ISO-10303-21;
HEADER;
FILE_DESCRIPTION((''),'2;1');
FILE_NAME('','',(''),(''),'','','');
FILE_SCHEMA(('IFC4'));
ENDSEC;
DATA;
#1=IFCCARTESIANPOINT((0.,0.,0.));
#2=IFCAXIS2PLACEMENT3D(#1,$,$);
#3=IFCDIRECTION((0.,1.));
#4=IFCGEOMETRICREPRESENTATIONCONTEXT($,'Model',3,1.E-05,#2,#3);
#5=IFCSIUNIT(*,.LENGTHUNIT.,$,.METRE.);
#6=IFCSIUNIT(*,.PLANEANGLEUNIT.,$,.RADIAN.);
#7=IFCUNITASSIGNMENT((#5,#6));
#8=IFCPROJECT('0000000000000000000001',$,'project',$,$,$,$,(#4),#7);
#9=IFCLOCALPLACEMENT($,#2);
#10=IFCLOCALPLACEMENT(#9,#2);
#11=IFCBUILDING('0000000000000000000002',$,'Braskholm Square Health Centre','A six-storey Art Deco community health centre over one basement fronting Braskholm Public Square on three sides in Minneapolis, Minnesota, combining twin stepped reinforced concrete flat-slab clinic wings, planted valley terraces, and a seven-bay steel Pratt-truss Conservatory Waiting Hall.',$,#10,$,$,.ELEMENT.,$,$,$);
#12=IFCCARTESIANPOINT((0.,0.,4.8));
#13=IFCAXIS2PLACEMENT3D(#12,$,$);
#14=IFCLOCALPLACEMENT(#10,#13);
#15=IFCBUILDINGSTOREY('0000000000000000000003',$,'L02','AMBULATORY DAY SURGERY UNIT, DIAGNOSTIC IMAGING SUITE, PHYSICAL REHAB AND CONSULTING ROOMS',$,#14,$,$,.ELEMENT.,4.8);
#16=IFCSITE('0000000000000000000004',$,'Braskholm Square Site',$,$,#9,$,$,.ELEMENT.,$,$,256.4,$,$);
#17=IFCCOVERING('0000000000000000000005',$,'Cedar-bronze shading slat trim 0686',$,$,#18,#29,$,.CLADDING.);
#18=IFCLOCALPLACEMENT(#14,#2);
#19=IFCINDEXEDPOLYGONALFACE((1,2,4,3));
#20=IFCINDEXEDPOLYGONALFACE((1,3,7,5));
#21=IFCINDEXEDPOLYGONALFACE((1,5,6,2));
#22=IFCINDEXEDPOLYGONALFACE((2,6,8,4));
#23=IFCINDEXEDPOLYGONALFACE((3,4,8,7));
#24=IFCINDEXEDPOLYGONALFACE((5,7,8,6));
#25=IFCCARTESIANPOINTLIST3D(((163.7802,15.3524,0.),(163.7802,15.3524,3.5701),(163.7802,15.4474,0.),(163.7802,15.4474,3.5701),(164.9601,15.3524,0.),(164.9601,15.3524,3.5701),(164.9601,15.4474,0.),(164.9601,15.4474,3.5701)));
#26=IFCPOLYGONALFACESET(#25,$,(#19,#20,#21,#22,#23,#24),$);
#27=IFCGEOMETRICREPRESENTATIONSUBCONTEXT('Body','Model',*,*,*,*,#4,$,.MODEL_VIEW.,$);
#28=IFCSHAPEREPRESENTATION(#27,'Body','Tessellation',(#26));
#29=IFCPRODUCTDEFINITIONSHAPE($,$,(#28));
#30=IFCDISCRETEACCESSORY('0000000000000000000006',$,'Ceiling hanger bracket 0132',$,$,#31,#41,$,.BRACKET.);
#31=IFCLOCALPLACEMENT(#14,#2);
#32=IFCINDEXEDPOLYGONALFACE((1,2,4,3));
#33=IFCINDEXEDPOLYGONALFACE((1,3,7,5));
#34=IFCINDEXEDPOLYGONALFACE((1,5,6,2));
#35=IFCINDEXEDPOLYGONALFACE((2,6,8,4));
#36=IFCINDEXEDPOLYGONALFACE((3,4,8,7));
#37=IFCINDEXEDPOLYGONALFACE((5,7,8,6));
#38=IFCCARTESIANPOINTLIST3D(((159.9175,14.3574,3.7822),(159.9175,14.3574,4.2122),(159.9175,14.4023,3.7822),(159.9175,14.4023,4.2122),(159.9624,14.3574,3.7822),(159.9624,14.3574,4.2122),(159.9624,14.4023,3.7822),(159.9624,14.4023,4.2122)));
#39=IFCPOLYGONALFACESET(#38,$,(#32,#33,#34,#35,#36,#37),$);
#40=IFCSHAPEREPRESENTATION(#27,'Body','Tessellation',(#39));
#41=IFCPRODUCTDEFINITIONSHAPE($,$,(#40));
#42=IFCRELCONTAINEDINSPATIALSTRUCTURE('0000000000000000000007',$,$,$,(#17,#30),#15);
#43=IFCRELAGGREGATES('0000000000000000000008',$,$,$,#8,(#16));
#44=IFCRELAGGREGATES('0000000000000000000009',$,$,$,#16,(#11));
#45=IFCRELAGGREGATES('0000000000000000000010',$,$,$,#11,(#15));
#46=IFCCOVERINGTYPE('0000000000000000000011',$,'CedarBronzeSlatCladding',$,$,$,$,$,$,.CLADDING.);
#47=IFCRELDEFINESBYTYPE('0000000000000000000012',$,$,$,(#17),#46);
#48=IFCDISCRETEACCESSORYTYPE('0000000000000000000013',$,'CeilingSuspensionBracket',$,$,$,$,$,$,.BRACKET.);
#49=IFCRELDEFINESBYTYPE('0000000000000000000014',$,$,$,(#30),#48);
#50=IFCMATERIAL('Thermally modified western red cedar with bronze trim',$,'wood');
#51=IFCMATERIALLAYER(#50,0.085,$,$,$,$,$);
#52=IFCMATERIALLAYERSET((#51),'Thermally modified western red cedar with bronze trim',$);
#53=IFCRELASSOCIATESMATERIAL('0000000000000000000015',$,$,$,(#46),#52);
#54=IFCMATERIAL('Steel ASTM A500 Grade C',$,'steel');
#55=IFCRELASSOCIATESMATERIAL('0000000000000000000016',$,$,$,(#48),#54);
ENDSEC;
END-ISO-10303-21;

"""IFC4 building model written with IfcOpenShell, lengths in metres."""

from ifc_helpers import new_model, si_unit, direction, frame, origin, origin_2d, place, context, subcontext, project, spatial, rectangle, extrude, material, layer, layer_set, type_object, element, save


model = new_model("IFC4")

# Units and contexts
model_context = context("Model", 3, precision=1e-05, world=origin(), true_north=direction((0.0, 1.0)))
body_context = subcontext(model_context, "Body", "Model", "MODEL_VIEW")
ifc_project = project(units=[si_unit("LENGTHUNIT", "METRE"), si_unit("PLANEANGLEUNIT", "RADIAN")], contexts=[model_context])

# Site, building, storey
site_placement = place(None, origin())
site = spatial("IfcSite", under=ifc_project, at=site_placement, Name="Braskholm Square Site", CompositionType="ELEMENT", RefElevation=256.4)
building_placement = place(site_placement, origin())
building = spatial("IfcBuilding", under=site, at=building_placement, Name="Braskholm Square Health Centre", Description="A six-storey Art Deco community health centre over one basement fronting Braskholm Public Square on three sides in Minneapolis, Minnesota, combining twin stepped reinforced concrete flat-slab clinic wings, planted valley terraces, and a seven-bay steel Pratt-truss Conservatory Waiting Hall.", CompositionType="ELEMENT")
storey_placement = place(building_placement, frame((0.0, 0.0, 4.8)))
storey = spatial("IfcBuildingStorey", under=building, at=storey_placement, Name="L02", Description="AMBULATORY DAY SURGERY UNIT, DIAGNOSTIC IMAGING SUITE, PHYSICAL REHAB AND CONSULTING ROOMS", CompositionType="ELEMENT", Elevation=4.8)

# Shared definitions
ifc_material_1 = material(Name="Thermally modified western red cedar with bronze trim", Category="wood")

# Covering
ifc_layer = layer(ifc_material_1, 0.085)
ifc_layer_set = layer_set([ifc_layer], Name="Thermally modified western red cedar with bronze trim")
covering_type = type_object("IfcCoveringType", Name="CedarBronzeSlatCladding", PredefinedType="CLADDING", material=ifc_layer_set)
for number, where, z_axis, x_axis, name in (
    (1, (164.3701, 15.3999, 0.0), (0.0, 0.0, 1.0), (1.0, 0.0, 0.0), "Cedar-bronze shading slat trim 0686"),
):
    element("IfcCovering", number, at=place(storey_placement, frame(where, z_axis=z_axis, x_axis=x_axis)), inside=storey, type_object=covering_type, Name=name, PredefinedType="CLADDING", context=body_context, shape_type="SweptSolid", body=[
        extrude(rectangle(XDim=1.1799, YDim=0.095, at=origin_2d()), origin(), (0.0, 0.0, 1.0), 3.5701),
    ])

# Discrete accessory
ifc_material_2 = material(Name="Steel ASTM A500 Grade C", Category="steel")
discrete_accessory_type = type_object("IfcDiscreteAccessoryType", Name="CeilingSuspensionBracket", PredefinedType="BRACKET", material=ifc_material_2)
discrete_accessory_placement = place(storey_placement, frame((159.9399, 14.3799, 3.7822), z_axis=(0.0, 0.0, 1.0), x_axis=(1.0, 0.0, 0.0)))
element("IfcDiscreteAccessory", 2, at=discrete_accessory_placement, inside=storey, type_object=discrete_accessory_type, Name="Ceiling hanger bracket 0132", PredefinedType="BRACKET", context=body_context, shape_type="SweptSolid", body=[
    extrude(rectangle(XDim=0.0449, YDim=0.0449, at=origin_2d()), origin(), (0.0, 0.0, 1.0), 0.4299),
])

save(model, "model.ifc")
